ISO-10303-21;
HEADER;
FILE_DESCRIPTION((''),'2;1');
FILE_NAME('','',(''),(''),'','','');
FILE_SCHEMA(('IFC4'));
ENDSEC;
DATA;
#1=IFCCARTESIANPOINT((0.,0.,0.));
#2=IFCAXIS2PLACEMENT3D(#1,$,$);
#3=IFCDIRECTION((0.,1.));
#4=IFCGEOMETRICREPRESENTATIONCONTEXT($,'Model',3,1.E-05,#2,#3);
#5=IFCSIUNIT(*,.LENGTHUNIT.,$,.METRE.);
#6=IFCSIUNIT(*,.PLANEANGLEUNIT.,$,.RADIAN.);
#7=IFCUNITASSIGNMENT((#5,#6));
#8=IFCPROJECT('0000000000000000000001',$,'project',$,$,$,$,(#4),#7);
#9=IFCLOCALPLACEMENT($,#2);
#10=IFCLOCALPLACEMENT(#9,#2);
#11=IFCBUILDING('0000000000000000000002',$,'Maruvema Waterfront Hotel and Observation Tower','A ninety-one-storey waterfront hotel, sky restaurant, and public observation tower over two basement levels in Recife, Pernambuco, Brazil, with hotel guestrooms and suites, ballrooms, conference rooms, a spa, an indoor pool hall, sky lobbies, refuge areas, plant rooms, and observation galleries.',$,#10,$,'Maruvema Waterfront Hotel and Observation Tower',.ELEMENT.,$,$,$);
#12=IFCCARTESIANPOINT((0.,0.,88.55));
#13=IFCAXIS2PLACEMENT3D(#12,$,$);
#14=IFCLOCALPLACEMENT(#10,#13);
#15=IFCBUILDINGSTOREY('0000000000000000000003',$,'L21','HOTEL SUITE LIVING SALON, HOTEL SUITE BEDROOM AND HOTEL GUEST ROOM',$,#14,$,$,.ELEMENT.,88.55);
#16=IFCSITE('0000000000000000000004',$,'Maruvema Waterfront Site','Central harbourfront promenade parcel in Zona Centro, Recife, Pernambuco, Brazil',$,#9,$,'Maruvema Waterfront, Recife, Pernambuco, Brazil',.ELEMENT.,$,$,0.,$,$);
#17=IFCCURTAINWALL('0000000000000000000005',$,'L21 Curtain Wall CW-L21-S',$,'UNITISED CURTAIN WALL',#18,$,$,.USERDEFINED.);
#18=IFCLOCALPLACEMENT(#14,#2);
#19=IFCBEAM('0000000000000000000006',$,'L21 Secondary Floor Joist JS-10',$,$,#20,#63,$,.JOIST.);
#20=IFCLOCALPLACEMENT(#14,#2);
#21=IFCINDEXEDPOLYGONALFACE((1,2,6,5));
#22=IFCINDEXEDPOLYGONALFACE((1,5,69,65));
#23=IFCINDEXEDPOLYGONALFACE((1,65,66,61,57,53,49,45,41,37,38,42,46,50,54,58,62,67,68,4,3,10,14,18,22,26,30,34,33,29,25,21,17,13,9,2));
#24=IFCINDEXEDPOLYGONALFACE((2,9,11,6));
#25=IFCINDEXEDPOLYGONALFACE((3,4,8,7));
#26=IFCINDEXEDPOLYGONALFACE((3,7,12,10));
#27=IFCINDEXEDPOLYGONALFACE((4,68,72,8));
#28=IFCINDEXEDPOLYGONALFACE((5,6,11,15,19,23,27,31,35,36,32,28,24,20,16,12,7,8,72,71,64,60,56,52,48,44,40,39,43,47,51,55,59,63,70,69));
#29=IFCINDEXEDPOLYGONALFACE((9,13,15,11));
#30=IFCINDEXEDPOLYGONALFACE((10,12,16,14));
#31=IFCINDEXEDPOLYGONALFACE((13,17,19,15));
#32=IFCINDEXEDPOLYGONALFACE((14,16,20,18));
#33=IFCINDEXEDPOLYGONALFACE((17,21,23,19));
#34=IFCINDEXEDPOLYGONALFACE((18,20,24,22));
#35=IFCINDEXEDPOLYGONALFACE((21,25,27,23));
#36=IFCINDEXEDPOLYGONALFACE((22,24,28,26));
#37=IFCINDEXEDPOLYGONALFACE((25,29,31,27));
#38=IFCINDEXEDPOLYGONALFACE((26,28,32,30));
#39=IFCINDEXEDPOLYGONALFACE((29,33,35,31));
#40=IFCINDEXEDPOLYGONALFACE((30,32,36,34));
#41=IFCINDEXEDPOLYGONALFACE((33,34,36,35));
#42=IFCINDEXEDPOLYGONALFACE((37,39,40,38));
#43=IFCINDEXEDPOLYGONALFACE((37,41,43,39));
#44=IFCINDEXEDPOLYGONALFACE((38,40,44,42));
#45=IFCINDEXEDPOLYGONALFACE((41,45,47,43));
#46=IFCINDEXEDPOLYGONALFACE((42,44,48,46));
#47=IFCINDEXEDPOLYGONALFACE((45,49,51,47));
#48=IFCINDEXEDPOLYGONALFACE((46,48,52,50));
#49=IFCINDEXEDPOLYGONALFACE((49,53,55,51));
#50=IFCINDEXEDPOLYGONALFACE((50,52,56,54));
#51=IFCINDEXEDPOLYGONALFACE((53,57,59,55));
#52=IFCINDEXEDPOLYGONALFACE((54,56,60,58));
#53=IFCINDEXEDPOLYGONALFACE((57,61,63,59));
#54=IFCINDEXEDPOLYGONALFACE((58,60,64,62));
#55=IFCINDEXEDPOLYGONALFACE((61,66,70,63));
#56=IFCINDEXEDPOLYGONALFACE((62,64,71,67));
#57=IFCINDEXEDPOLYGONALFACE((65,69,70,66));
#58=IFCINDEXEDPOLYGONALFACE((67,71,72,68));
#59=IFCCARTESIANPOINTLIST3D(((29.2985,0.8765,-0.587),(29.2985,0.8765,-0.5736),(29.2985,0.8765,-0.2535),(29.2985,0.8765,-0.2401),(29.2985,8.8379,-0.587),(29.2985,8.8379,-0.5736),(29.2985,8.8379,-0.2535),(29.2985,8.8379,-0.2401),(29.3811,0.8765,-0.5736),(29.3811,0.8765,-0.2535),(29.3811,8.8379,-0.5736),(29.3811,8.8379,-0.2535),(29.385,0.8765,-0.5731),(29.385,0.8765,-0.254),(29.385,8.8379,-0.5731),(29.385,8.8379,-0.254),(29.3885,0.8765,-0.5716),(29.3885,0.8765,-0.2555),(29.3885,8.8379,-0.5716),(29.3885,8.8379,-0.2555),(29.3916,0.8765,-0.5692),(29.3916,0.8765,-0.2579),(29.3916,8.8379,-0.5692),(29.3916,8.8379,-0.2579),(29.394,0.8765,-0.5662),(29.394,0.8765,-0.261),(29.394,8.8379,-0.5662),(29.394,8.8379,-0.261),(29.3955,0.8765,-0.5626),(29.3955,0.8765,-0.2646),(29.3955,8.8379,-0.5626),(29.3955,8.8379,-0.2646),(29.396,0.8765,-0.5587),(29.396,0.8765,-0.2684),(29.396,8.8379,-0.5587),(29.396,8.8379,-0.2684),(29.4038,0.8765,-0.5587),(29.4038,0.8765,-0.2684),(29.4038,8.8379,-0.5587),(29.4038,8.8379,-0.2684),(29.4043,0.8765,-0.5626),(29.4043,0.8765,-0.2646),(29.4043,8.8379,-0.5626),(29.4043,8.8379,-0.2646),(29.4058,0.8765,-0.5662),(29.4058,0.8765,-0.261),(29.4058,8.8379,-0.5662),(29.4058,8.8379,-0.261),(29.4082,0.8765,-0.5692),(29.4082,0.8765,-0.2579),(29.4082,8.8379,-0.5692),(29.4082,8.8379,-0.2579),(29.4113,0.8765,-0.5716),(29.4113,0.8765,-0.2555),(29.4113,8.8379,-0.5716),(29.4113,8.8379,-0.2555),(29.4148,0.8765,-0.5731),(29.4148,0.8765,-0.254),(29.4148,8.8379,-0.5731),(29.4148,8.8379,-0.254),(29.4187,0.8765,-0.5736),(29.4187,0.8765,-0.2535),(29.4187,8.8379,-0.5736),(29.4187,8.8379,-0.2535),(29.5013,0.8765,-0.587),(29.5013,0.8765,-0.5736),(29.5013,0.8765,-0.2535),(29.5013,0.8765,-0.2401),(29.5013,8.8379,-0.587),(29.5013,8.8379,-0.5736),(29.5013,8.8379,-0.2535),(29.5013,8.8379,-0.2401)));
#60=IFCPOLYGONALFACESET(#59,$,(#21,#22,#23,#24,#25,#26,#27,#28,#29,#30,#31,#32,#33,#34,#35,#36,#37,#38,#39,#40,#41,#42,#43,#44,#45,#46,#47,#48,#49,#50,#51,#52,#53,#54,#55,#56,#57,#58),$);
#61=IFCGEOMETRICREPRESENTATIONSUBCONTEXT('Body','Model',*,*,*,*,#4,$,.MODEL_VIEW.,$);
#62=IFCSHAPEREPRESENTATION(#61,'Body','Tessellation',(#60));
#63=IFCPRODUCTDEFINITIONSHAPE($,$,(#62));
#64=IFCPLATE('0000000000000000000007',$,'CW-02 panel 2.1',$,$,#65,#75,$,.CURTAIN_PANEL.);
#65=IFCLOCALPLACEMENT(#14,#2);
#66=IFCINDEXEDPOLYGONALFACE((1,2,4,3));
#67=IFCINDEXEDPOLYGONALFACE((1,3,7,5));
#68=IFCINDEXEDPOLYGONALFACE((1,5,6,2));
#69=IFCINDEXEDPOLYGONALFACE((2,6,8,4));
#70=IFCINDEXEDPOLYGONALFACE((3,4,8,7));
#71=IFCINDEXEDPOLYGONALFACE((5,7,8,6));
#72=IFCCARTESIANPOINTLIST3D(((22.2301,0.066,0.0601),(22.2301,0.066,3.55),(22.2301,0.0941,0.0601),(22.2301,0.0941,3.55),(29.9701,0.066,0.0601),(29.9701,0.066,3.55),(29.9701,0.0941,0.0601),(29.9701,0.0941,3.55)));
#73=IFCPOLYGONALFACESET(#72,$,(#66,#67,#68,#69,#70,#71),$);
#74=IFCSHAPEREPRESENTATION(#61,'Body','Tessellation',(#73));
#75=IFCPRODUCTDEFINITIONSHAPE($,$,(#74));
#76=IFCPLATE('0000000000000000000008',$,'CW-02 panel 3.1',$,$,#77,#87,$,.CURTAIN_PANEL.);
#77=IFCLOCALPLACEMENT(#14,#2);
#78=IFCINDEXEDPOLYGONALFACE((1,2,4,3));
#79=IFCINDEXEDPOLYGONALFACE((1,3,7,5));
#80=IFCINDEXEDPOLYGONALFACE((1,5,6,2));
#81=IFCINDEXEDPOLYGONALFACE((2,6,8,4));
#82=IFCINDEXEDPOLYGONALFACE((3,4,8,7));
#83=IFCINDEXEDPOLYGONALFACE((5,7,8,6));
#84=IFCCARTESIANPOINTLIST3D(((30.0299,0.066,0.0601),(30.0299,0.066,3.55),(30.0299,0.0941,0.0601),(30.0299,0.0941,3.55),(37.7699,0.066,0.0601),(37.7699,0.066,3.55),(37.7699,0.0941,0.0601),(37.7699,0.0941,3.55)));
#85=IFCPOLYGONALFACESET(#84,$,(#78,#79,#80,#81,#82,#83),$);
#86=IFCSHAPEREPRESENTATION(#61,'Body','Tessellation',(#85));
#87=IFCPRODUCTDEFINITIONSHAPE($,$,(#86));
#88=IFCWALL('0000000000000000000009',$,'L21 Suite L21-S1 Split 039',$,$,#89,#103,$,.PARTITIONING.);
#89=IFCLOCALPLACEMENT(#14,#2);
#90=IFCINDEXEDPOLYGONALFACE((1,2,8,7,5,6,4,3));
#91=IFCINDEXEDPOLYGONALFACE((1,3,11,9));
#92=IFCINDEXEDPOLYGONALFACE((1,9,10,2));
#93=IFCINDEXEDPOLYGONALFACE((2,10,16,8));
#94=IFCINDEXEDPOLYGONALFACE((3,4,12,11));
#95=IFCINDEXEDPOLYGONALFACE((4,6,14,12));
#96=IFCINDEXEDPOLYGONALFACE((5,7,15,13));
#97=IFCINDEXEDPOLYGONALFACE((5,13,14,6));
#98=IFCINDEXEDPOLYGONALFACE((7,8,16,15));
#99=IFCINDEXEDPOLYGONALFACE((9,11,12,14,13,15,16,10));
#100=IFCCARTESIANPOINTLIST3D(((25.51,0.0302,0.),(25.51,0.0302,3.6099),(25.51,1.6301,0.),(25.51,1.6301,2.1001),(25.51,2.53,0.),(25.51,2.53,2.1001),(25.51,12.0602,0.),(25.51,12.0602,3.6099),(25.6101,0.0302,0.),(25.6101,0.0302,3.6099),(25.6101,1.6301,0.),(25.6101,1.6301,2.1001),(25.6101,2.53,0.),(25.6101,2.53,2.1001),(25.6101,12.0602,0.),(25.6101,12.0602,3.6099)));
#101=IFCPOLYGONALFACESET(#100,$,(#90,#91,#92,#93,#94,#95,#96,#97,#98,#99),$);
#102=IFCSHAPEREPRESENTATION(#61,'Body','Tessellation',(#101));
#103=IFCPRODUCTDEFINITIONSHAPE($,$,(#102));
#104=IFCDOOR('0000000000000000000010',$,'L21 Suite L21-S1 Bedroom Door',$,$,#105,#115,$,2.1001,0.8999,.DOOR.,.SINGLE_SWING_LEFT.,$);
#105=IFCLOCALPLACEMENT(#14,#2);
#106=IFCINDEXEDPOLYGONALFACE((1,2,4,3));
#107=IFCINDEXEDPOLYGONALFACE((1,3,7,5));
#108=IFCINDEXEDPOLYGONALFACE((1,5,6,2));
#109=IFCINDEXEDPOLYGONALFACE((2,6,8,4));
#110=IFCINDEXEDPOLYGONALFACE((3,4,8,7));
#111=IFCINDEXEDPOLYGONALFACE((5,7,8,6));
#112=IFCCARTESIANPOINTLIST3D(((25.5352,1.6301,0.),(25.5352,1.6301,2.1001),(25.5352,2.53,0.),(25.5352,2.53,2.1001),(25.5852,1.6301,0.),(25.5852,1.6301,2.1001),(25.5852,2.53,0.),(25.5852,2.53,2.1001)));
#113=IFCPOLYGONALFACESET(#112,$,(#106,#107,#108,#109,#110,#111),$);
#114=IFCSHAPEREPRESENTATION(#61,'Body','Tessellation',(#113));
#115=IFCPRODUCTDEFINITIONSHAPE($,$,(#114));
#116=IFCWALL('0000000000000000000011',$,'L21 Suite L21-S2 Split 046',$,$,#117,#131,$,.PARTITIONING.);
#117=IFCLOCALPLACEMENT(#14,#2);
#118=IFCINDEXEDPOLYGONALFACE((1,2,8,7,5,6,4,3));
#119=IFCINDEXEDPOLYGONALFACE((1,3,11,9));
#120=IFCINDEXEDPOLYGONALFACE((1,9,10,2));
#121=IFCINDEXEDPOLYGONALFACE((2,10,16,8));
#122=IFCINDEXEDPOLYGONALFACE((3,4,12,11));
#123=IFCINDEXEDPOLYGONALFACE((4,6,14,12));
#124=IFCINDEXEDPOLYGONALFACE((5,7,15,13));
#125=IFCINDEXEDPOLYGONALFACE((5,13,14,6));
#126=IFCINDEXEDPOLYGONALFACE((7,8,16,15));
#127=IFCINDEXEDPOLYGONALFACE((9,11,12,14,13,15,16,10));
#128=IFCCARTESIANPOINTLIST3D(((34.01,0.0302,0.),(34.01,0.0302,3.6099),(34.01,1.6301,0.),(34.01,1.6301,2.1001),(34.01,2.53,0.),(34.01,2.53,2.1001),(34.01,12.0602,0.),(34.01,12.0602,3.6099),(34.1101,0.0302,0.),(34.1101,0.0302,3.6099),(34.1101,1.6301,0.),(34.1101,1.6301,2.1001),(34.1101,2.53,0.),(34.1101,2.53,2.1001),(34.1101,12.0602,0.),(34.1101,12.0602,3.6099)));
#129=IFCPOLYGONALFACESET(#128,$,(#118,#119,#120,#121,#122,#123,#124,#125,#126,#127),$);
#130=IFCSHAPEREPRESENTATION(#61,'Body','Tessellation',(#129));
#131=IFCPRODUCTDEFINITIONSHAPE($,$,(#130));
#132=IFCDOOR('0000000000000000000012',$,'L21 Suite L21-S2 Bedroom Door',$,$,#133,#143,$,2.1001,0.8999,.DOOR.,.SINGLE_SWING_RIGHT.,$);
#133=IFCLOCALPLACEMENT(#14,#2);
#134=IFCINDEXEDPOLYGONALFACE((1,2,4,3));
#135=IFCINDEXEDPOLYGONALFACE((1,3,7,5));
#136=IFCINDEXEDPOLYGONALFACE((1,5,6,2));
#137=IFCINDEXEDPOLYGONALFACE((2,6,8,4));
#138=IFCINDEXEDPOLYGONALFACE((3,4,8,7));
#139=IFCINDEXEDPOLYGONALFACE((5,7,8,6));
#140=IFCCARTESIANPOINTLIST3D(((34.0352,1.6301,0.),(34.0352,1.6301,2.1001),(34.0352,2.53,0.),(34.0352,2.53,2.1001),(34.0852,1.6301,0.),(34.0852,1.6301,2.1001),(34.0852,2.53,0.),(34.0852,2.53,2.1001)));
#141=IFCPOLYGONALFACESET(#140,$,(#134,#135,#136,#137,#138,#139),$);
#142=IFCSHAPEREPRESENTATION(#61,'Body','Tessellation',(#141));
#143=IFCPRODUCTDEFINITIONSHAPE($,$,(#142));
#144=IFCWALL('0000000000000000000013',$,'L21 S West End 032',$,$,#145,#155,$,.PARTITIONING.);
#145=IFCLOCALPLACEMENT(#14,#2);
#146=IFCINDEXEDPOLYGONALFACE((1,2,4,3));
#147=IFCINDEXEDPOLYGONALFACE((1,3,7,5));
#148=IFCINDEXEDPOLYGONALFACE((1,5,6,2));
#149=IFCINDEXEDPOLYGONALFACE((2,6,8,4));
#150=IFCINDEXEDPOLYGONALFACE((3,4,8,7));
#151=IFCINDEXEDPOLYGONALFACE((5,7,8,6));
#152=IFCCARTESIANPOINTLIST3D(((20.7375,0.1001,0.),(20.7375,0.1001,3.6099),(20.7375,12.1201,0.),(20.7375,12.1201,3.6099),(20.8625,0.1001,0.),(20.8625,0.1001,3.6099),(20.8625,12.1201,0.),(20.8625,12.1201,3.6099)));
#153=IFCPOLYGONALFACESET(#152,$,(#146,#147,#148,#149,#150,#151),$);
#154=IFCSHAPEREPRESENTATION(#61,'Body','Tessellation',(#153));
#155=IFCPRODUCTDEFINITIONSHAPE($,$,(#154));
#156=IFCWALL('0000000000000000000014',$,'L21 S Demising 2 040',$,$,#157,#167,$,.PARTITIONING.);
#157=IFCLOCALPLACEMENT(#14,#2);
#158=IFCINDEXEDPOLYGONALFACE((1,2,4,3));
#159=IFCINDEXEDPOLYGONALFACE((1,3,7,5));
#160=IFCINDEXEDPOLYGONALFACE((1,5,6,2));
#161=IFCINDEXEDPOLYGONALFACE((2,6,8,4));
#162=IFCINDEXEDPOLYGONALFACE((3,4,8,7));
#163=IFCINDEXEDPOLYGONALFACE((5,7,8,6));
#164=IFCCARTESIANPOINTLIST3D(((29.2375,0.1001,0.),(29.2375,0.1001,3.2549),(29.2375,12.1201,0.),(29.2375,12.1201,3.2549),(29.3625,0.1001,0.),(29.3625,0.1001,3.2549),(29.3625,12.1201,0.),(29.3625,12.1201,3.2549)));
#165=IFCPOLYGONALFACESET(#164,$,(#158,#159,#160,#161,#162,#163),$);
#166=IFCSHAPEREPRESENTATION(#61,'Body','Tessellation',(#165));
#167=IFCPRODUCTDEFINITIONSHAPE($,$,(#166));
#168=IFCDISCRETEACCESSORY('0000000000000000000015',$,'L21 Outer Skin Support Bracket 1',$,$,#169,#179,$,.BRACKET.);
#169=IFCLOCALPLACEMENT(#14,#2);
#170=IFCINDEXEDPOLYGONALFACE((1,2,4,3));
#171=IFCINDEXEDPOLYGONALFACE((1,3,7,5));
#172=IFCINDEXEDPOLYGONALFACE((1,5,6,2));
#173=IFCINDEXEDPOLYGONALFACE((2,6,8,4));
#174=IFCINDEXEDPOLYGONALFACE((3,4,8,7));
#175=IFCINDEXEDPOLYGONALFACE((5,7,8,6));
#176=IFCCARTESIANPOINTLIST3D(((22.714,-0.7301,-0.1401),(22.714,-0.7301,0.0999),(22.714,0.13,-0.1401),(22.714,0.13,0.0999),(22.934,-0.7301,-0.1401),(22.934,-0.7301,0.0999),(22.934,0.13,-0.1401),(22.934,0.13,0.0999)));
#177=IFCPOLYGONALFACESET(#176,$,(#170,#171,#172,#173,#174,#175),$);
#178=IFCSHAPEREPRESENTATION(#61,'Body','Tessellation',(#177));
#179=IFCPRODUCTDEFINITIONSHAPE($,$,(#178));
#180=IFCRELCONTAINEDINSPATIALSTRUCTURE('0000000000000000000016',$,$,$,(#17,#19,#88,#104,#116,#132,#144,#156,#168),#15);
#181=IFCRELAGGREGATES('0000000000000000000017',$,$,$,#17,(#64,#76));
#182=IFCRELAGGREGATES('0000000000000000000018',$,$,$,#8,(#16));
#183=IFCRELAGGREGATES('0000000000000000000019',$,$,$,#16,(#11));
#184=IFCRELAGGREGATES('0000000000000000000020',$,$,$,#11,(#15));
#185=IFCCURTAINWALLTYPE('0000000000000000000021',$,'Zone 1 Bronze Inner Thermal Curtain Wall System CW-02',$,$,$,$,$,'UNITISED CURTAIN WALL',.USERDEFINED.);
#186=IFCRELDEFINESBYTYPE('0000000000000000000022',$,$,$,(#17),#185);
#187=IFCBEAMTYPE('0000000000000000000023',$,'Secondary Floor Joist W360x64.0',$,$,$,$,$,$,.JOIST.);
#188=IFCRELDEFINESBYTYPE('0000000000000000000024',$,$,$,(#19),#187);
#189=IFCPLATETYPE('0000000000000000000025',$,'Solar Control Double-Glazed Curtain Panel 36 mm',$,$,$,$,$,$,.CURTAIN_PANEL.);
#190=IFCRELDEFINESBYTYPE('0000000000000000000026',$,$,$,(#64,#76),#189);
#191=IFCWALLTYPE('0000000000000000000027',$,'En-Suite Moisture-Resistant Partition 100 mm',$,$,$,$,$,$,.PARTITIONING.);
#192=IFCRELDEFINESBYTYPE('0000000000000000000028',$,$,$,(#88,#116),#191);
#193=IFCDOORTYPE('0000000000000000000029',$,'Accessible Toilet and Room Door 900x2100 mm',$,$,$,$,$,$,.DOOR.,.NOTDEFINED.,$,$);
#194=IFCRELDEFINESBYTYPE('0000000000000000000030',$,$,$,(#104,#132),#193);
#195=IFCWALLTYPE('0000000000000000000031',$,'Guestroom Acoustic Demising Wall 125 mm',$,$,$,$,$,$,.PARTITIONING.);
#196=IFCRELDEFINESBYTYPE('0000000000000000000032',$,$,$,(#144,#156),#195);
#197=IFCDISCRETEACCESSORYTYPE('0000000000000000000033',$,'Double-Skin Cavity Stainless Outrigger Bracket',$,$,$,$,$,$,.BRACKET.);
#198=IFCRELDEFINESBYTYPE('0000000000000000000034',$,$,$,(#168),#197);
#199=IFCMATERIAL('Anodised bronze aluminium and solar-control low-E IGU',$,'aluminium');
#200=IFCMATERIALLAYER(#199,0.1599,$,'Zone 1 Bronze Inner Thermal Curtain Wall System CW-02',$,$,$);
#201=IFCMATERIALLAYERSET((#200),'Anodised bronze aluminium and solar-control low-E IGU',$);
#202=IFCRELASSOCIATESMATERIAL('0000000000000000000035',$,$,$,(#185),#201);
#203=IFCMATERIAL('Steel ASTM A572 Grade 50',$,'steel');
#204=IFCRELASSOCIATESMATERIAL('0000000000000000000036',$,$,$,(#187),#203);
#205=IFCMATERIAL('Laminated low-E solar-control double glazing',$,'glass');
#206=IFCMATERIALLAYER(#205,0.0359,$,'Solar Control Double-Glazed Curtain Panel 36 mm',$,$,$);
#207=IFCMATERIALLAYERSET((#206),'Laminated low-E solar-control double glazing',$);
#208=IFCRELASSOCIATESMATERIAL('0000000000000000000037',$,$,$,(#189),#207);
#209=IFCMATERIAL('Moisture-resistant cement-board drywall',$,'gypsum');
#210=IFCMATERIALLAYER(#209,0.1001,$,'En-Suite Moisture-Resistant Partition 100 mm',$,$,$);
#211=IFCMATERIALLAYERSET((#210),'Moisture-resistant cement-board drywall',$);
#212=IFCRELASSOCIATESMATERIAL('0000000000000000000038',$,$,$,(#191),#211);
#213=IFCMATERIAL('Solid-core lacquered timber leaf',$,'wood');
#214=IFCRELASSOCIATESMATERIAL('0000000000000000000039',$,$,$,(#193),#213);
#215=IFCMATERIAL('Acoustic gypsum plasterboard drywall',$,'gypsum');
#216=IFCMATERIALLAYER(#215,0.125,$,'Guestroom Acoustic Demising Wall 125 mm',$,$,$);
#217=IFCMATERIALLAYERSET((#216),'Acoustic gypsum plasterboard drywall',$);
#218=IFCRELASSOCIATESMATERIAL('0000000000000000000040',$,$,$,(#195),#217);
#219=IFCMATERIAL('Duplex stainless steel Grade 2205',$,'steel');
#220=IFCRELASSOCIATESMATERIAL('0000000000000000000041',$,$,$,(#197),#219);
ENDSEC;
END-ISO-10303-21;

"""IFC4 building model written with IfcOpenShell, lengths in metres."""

from ifc_helpers import new_model, si_unit, direction, frame, frame_2d, origin, origin_2d, place, context, subcontext, project, spatial, rectangle, i_section, extrude, material, layer, layer_set, material_profile, profile_set, type_object, element, fill, aggregate, save


model = new_model("IFC4")

# Units and contexts
model_context = context("Model", 3, precision=1e-05, world=origin(), true_north=direction((0.0, 1.0)))
body_context = subcontext(model_context, "Body", "Model", "MODEL_VIEW")
ifc_project = project(units=[si_unit("LENGTHUNIT", "METRE"), si_unit("PLANEANGLEUNIT", "RADIAN")], contexts=[model_context])

# Site, building, storey
site_placement = place(None, origin())
site = spatial("IfcSite", under=ifc_project, at=site_placement, Name="Maruvema Waterfront Site", Description="Central harbourfront promenade parcel in Zona Centro, Recife, Pernambuco, Brazil", LongName="Maruvema Waterfront, Recife, Pernambuco, Brazil", CompositionType="ELEMENT", RefElevation=0.0)
building_placement = place(site_placement, origin())
building = spatial("IfcBuilding", under=site, at=building_placement, Name="Maruvema Waterfront Hotel and Observation Tower", Description="A ninety-one-storey waterfront hotel, sky restaurant, and public observation tower over two basement levels in Recife, Pernambuco, Brazil, with hotel guestrooms and suites, ballrooms, conference rooms, a spa, an indoor pool hall, sky lobbies, refuge areas, plant rooms, and observation galleries.", LongName="Maruvema Waterfront Hotel and Observation Tower", CompositionType="ELEMENT")
storey_placement = place(building_placement, frame((0.0, 0.0, 88.55)))
storey = spatial("IfcBuildingStorey", under=building, at=storey_placement, Name="L21", Description="HOTEL SUITE LIVING SALON, HOTEL SUITE BEDROOM AND HOTEL GUEST ROOM", CompositionType="ELEMENT", Elevation=88.55)

# Curtain wall
ifc_material_1 = material(Name="Anodised bronze aluminium and solar-control low-E IGU", Category="aluminium")
ifc_layer_1 = layer(ifc_material_1, 0.1599, Name="Zone 1 Bronze Inner Thermal Curtain Wall System CW-02")
ifc_layer_set_1 = layer_set([ifc_layer_1], Name="Anodised bronze aluminium and solar-control low-E IGU")
curtain_wall_type = type_object("IfcCurtainWallType", Name="Zone 1 Bronze Inner Thermal Curtain Wall System CW-02", ElementType="UNITISED CURTAIN WALL", PredefinedType="USERDEFINED", material=ifc_layer_set_1)
curtain_wall_placement = place(storey_placement, origin())
curtain_wall = element("IfcCurtainWall", 1, at=curtain_wall_placement, inside=storey, type_object=curtain_wall_type, Name="L21 Curtain Wall CW-L21-S", ObjectType="UNITISED CURTAIN WALL", PredefinedType="USERDEFINED")

# Beam
ifc_material_2 = material(Name="Steel ASTM A572 Grade 50", Category="steel")
ifc_material_profile_1 = material_profile(ifc_material_2, i_section(OverallWidth=0.2029, OverallDepth=0.3469, WebThickness=0.0078, FlangeThickness=0.0134, FilletRadius=0.0149, at=origin_2d()), Name="W360x64.0")
ifc_profile_set_1 = profile_set([ifc_material_profile_1], Name="Steel ASTM A572 Grade 50")
beam_type_1 = type_object("IfcBeamType", Name="Secondary Floor Joist W360x64.0", PredefinedType="JOIST", material=ifc_profile_set_1)
beam_1_placement = place(storey_placement, frame((29.3999, 0.8765, -0.4136), z_axis=(0.0, 1.0, 0.0), x_axis=(-1.0, 0.0, 0.0)))
element("IfcBeam", 2, at=beam_1_placement, inside=storey, type_object=beam_type_1, Name="L21 Secondary Floor Joist JS-10", PredefinedType="JOIST", context=body_context, shape_type="SweptSolid", body=[
    extrude(i_section(OverallWidth=0.2029, OverallDepth=0.3469, WebThickness=0.0078, FlangeThickness=0.0134, FilletRadius=0.0149, at=origin_2d()), origin(), (0.0, 0.0, 1.0), 7.9614),
])

# Plates
ifc_material_3 = material(Name="Laminated low-E solar-control double glazing", Category="glass")
ifc_layer_2 = layer(ifc_material_3, 0.0359, Name="Solar Control Double-Glazed Curtain Panel 36 mm")
ifc_layer_set_2 = layer_set([ifc_layer_2], Name="Laminated low-E solar-control double glazing")
plate_type = type_object("IfcPlateType", Name="Solar Control Double-Glazed Curtain Panel 36 mm", PredefinedType="CURTAIN_PANEL", material=ifc_layer_set_2)
plate_1_placement = place(storey_placement, frame((26.1001, 0.0801, 0.0601), z_axis=(0.0, 0.0, 1.0), x_axis=(1.0, 0.0, 0.0)))
plate_1 = element("IfcPlate", 3, at=plate_1_placement, type_object=plate_type, Name="CW-02 panel 2.1", PredefinedType="CURTAIN_PANEL", context=body_context, shape_type="SweptSolid", body=[
    extrude(rectangle(XDim=7.74, YDim=0.0281, at=origin_2d()), origin(), (0.0, 0.0, 1.0), 3.49),
])
plate_2_placement = place(storey_placement, frame((33.8999, 0.0801, 0.0601), z_axis=(0.0, 0.0, 1.0), x_axis=(1.0, 0.0, 0.0)))
plate_2 = element("IfcPlate", 4, at=plate_2_placement, type_object=plate_type, Name="CW-02 panel 3.1", PredefinedType="CURTAIN_PANEL", context=body_context, shape_type="SweptSolid", body=[
    extrude(rectangle(XDim=7.74, YDim=0.0281, at=origin_2d()), origin(), (0.0, 0.0, 1.0), 3.49),
])
aggregate(curtain_wall, [plate_1, plate_2])

# Walls, openings, doors
ifc_material_4 = material(Name="Moisture-resistant cement-board drywall", Category="gypsum")
ifc_layer_3 = layer(ifc_material_4, 0.1001, Name="En-Suite Moisture-Resistant Partition 100 mm")
ifc_layer_set_3 = layer_set([ifc_layer_3], Name="Moisture-resistant cement-board drywall")
wall_type_1 = type_object("IfcWallType", Name="En-Suite Moisture-Resistant Partition 100 mm", PredefinedType="PARTITIONING", material=ifc_layer_set_3)
wall_1_placement = place(storey_placement, frame((25.5601, 0.03, 0.0), z_axis=(0.0, 0.0, 1.0), x_axis=(0.0, 1.0, 0.0)))
wall_1 = element("IfcWall", 5, at=wall_1_placement, inside=storey, type_object=wall_type_1, Name="L21 Suite L21-S1 Split 039", PredefinedType="PARTITIONING", context=body_context, shape_type="SweptSolid", body=[
    extrude(rectangle(XDim=12.03, YDim=0.1001, at=frame_2d((6.0151, 0.0))), origin(), (0.0, 0.0, 1.0), 3.6099),
])
opening_1_placement = place(wall_1_placement, frame((1.6001, 0.0, 0.0)))
opening_1 = element("IfcOpeningElement", 6, at=opening_1_placement, cuts=wall_1, PredefinedType="OPENING", context=body_context, shape_type="SweptSolid", body=[
    extrude(rectangle(XDim=0.8999, YDim=2.1001, at=frame_2d((0.45, 1.05))), frame((0.0, 0.0601, 0.0), z_axis=(0.0, -1.0, 0.0), x_axis=(1.0, 0.0, 0.0)), (0.0, 0.0, 1.0), 0.1201),
])
ifc_material_5 = material(Name="Solid-core lacquered timber leaf", Category="wood")
door_type = type_object("IfcDoorType", Name="Accessible Toilet and Room Door 900x2100 mm", OperationType="NOTDEFINED", PredefinedType="DOOR", material=ifc_material_5)
door_1_placement = place(opening_1_placement, origin())
door_1 = element("IfcDoor", 7, at=door_1_placement, inside=storey, type_object=door_type, Name="L21 Suite L21-S1 Bedroom Door", OperationType="SINGLE_SWING_LEFT", OverallHeight=2.1001, OverallWidth=0.8999, PredefinedType="DOOR", context=body_context, shape_type="SweptSolid", body=[
    extrude(rectangle(XDim=0.8999, YDim=2.1001, at=frame_2d((0.45, 1.05))), frame((0.0, 0.0249, 0.0), z_axis=(0.0, -1.0, 0.0), x_axis=(1.0, 0.0, 0.0)), (0.0, 0.0, 1.0), 0.05),
])
fill(opening_1, door_1)
wall_2_placement = place(storey_placement, frame((34.0601, 0.03, 0.0), z_axis=(0.0, 0.0, 1.0), x_axis=(0.0, 1.0, 0.0)))
wall_2 = element("IfcWall", 8, at=wall_2_placement, inside=storey, type_object=wall_type_1, Name="L21 Suite L21-S2 Split 046", PredefinedType="PARTITIONING", context=body_context, shape_type="SweptSolid", body=[
    extrude(rectangle(XDim=12.03, YDim=0.1001, at=frame_2d((6.0151, 0.0))), origin(), (0.0, 0.0, 1.0), 3.6099),
])
opening_2_placement = place(wall_2_placement, frame((1.6001, 0.0, 0.0)))
opening_2 = element("IfcOpeningElement", 9, at=opening_2_placement, cuts=wall_2, PredefinedType="OPENING", context=body_context, shape_type="SweptSolid", body=[
    extrude(rectangle(XDim=0.8999, YDim=2.1001, at=frame_2d((0.45, 1.05))), frame((0.0, 0.0601, 0.0), z_axis=(0.0, -1.0, 0.0), x_axis=(1.0, 0.0, 0.0)), (0.0, 0.0, 1.0), 0.1201),
])
door_2_placement = place(opening_2_placement, origin())
door_2 = element("IfcDoor", 10, at=door_2_placement, inside=storey, type_object=door_type, Name="L21 Suite L21-S2 Bedroom Door", OperationType="SINGLE_SWING_RIGHT", OverallHeight=2.1001, OverallWidth=0.8999, PredefinedType="DOOR", context=body_context, shape_type="SweptSolid", body=[
    extrude(rectangle(XDim=0.8999, YDim=2.1001, at=frame_2d((0.45, 1.05))), frame((0.0, 0.0249, 0.0), z_axis=(0.0, -1.0, 0.0), x_axis=(1.0, 0.0, 0.0)), (0.0, 0.0, 1.0), 0.05),
])
fill(opening_2, door_2)

# Walls
ifc_material_6 = material(Name="Acoustic gypsum plasterboard drywall", Category="gypsum")
ifc_layer_4 = layer(ifc_material_6, 0.125, Name="Guestroom Acoustic Demising Wall 125 mm")
ifc_layer_set_4 = layer_set([ifc_layer_4], Name="Acoustic gypsum plasterboard drywall")
wall_type_2 = type_object("IfcWallType", Name="Guestroom Acoustic Demising Wall 125 mm", PredefinedType="PARTITIONING", material=ifc_layer_set_4)
wall_3_placement = place(storey_placement, frame((20.8, 0.1001, 0.0), z_axis=(0.0, 0.0, 1.0), x_axis=(0.0, 1.0, 0.0)))
element("IfcWall", 11, at=wall_3_placement, inside=storey, type_object=wall_type_2, Name="L21 S West End 032", PredefinedType="PARTITIONING", context=body_context, shape_type="SweptSolid", body=[
    extrude(rectangle(XDim=12.02, YDim=0.125, at=frame_2d((6.01, 0.0))), origin(), (0.0, 0.0, 1.0), 3.6099),
])
wall_4_placement = place(storey_placement, frame((29.3, 0.1001, 0.0), z_axis=(0.0, 0.0, 1.0), x_axis=(0.0, 1.0, 0.0)))
element("IfcWall", 12, at=wall_4_placement, inside=storey, type_object=wall_type_2, Name="L21 S Demising 2 040", PredefinedType="PARTITIONING", context=body_context, shape_type="SweptSolid", body=[
    extrude(rectangle(XDim=12.02, YDim=0.125, at=frame_2d((6.01, 0.0))), origin(), (0.0, 0.0, 1.0), 3.2549),
])

# Discrete accessory
ifc_material_7 = material(Name="Duplex stainless steel Grade 2205", Category="steel")
discrete_accessory_type = type_object("IfcDiscreteAccessoryType", Name="Double-Skin Cavity Stainless Outrigger Bracket", PredefinedType="BRACKET", material=ifc_material_7)
discrete_accessory_placement = place(storey_placement, frame((22.824, -0.3, -0.1401), z_axis=(0.0, 0.0, 1.0), x_axis=(1.0, 0.0, 0.0)))
element("IfcDiscreteAccessory", 13, at=discrete_accessory_placement, inside=storey, type_object=discrete_accessory_type, Name="L21 Outer Skin Support Bracket 1", PredefinedType="BRACKET", context=body_context, shape_type="SweptSolid", body=[
    extrude(rectangle(XDim=0.22, YDim=0.8601, at=origin_2d()), origin(), (0.0, 0.0, 1.0), 0.24),
])

save(model, "model.ifc")
